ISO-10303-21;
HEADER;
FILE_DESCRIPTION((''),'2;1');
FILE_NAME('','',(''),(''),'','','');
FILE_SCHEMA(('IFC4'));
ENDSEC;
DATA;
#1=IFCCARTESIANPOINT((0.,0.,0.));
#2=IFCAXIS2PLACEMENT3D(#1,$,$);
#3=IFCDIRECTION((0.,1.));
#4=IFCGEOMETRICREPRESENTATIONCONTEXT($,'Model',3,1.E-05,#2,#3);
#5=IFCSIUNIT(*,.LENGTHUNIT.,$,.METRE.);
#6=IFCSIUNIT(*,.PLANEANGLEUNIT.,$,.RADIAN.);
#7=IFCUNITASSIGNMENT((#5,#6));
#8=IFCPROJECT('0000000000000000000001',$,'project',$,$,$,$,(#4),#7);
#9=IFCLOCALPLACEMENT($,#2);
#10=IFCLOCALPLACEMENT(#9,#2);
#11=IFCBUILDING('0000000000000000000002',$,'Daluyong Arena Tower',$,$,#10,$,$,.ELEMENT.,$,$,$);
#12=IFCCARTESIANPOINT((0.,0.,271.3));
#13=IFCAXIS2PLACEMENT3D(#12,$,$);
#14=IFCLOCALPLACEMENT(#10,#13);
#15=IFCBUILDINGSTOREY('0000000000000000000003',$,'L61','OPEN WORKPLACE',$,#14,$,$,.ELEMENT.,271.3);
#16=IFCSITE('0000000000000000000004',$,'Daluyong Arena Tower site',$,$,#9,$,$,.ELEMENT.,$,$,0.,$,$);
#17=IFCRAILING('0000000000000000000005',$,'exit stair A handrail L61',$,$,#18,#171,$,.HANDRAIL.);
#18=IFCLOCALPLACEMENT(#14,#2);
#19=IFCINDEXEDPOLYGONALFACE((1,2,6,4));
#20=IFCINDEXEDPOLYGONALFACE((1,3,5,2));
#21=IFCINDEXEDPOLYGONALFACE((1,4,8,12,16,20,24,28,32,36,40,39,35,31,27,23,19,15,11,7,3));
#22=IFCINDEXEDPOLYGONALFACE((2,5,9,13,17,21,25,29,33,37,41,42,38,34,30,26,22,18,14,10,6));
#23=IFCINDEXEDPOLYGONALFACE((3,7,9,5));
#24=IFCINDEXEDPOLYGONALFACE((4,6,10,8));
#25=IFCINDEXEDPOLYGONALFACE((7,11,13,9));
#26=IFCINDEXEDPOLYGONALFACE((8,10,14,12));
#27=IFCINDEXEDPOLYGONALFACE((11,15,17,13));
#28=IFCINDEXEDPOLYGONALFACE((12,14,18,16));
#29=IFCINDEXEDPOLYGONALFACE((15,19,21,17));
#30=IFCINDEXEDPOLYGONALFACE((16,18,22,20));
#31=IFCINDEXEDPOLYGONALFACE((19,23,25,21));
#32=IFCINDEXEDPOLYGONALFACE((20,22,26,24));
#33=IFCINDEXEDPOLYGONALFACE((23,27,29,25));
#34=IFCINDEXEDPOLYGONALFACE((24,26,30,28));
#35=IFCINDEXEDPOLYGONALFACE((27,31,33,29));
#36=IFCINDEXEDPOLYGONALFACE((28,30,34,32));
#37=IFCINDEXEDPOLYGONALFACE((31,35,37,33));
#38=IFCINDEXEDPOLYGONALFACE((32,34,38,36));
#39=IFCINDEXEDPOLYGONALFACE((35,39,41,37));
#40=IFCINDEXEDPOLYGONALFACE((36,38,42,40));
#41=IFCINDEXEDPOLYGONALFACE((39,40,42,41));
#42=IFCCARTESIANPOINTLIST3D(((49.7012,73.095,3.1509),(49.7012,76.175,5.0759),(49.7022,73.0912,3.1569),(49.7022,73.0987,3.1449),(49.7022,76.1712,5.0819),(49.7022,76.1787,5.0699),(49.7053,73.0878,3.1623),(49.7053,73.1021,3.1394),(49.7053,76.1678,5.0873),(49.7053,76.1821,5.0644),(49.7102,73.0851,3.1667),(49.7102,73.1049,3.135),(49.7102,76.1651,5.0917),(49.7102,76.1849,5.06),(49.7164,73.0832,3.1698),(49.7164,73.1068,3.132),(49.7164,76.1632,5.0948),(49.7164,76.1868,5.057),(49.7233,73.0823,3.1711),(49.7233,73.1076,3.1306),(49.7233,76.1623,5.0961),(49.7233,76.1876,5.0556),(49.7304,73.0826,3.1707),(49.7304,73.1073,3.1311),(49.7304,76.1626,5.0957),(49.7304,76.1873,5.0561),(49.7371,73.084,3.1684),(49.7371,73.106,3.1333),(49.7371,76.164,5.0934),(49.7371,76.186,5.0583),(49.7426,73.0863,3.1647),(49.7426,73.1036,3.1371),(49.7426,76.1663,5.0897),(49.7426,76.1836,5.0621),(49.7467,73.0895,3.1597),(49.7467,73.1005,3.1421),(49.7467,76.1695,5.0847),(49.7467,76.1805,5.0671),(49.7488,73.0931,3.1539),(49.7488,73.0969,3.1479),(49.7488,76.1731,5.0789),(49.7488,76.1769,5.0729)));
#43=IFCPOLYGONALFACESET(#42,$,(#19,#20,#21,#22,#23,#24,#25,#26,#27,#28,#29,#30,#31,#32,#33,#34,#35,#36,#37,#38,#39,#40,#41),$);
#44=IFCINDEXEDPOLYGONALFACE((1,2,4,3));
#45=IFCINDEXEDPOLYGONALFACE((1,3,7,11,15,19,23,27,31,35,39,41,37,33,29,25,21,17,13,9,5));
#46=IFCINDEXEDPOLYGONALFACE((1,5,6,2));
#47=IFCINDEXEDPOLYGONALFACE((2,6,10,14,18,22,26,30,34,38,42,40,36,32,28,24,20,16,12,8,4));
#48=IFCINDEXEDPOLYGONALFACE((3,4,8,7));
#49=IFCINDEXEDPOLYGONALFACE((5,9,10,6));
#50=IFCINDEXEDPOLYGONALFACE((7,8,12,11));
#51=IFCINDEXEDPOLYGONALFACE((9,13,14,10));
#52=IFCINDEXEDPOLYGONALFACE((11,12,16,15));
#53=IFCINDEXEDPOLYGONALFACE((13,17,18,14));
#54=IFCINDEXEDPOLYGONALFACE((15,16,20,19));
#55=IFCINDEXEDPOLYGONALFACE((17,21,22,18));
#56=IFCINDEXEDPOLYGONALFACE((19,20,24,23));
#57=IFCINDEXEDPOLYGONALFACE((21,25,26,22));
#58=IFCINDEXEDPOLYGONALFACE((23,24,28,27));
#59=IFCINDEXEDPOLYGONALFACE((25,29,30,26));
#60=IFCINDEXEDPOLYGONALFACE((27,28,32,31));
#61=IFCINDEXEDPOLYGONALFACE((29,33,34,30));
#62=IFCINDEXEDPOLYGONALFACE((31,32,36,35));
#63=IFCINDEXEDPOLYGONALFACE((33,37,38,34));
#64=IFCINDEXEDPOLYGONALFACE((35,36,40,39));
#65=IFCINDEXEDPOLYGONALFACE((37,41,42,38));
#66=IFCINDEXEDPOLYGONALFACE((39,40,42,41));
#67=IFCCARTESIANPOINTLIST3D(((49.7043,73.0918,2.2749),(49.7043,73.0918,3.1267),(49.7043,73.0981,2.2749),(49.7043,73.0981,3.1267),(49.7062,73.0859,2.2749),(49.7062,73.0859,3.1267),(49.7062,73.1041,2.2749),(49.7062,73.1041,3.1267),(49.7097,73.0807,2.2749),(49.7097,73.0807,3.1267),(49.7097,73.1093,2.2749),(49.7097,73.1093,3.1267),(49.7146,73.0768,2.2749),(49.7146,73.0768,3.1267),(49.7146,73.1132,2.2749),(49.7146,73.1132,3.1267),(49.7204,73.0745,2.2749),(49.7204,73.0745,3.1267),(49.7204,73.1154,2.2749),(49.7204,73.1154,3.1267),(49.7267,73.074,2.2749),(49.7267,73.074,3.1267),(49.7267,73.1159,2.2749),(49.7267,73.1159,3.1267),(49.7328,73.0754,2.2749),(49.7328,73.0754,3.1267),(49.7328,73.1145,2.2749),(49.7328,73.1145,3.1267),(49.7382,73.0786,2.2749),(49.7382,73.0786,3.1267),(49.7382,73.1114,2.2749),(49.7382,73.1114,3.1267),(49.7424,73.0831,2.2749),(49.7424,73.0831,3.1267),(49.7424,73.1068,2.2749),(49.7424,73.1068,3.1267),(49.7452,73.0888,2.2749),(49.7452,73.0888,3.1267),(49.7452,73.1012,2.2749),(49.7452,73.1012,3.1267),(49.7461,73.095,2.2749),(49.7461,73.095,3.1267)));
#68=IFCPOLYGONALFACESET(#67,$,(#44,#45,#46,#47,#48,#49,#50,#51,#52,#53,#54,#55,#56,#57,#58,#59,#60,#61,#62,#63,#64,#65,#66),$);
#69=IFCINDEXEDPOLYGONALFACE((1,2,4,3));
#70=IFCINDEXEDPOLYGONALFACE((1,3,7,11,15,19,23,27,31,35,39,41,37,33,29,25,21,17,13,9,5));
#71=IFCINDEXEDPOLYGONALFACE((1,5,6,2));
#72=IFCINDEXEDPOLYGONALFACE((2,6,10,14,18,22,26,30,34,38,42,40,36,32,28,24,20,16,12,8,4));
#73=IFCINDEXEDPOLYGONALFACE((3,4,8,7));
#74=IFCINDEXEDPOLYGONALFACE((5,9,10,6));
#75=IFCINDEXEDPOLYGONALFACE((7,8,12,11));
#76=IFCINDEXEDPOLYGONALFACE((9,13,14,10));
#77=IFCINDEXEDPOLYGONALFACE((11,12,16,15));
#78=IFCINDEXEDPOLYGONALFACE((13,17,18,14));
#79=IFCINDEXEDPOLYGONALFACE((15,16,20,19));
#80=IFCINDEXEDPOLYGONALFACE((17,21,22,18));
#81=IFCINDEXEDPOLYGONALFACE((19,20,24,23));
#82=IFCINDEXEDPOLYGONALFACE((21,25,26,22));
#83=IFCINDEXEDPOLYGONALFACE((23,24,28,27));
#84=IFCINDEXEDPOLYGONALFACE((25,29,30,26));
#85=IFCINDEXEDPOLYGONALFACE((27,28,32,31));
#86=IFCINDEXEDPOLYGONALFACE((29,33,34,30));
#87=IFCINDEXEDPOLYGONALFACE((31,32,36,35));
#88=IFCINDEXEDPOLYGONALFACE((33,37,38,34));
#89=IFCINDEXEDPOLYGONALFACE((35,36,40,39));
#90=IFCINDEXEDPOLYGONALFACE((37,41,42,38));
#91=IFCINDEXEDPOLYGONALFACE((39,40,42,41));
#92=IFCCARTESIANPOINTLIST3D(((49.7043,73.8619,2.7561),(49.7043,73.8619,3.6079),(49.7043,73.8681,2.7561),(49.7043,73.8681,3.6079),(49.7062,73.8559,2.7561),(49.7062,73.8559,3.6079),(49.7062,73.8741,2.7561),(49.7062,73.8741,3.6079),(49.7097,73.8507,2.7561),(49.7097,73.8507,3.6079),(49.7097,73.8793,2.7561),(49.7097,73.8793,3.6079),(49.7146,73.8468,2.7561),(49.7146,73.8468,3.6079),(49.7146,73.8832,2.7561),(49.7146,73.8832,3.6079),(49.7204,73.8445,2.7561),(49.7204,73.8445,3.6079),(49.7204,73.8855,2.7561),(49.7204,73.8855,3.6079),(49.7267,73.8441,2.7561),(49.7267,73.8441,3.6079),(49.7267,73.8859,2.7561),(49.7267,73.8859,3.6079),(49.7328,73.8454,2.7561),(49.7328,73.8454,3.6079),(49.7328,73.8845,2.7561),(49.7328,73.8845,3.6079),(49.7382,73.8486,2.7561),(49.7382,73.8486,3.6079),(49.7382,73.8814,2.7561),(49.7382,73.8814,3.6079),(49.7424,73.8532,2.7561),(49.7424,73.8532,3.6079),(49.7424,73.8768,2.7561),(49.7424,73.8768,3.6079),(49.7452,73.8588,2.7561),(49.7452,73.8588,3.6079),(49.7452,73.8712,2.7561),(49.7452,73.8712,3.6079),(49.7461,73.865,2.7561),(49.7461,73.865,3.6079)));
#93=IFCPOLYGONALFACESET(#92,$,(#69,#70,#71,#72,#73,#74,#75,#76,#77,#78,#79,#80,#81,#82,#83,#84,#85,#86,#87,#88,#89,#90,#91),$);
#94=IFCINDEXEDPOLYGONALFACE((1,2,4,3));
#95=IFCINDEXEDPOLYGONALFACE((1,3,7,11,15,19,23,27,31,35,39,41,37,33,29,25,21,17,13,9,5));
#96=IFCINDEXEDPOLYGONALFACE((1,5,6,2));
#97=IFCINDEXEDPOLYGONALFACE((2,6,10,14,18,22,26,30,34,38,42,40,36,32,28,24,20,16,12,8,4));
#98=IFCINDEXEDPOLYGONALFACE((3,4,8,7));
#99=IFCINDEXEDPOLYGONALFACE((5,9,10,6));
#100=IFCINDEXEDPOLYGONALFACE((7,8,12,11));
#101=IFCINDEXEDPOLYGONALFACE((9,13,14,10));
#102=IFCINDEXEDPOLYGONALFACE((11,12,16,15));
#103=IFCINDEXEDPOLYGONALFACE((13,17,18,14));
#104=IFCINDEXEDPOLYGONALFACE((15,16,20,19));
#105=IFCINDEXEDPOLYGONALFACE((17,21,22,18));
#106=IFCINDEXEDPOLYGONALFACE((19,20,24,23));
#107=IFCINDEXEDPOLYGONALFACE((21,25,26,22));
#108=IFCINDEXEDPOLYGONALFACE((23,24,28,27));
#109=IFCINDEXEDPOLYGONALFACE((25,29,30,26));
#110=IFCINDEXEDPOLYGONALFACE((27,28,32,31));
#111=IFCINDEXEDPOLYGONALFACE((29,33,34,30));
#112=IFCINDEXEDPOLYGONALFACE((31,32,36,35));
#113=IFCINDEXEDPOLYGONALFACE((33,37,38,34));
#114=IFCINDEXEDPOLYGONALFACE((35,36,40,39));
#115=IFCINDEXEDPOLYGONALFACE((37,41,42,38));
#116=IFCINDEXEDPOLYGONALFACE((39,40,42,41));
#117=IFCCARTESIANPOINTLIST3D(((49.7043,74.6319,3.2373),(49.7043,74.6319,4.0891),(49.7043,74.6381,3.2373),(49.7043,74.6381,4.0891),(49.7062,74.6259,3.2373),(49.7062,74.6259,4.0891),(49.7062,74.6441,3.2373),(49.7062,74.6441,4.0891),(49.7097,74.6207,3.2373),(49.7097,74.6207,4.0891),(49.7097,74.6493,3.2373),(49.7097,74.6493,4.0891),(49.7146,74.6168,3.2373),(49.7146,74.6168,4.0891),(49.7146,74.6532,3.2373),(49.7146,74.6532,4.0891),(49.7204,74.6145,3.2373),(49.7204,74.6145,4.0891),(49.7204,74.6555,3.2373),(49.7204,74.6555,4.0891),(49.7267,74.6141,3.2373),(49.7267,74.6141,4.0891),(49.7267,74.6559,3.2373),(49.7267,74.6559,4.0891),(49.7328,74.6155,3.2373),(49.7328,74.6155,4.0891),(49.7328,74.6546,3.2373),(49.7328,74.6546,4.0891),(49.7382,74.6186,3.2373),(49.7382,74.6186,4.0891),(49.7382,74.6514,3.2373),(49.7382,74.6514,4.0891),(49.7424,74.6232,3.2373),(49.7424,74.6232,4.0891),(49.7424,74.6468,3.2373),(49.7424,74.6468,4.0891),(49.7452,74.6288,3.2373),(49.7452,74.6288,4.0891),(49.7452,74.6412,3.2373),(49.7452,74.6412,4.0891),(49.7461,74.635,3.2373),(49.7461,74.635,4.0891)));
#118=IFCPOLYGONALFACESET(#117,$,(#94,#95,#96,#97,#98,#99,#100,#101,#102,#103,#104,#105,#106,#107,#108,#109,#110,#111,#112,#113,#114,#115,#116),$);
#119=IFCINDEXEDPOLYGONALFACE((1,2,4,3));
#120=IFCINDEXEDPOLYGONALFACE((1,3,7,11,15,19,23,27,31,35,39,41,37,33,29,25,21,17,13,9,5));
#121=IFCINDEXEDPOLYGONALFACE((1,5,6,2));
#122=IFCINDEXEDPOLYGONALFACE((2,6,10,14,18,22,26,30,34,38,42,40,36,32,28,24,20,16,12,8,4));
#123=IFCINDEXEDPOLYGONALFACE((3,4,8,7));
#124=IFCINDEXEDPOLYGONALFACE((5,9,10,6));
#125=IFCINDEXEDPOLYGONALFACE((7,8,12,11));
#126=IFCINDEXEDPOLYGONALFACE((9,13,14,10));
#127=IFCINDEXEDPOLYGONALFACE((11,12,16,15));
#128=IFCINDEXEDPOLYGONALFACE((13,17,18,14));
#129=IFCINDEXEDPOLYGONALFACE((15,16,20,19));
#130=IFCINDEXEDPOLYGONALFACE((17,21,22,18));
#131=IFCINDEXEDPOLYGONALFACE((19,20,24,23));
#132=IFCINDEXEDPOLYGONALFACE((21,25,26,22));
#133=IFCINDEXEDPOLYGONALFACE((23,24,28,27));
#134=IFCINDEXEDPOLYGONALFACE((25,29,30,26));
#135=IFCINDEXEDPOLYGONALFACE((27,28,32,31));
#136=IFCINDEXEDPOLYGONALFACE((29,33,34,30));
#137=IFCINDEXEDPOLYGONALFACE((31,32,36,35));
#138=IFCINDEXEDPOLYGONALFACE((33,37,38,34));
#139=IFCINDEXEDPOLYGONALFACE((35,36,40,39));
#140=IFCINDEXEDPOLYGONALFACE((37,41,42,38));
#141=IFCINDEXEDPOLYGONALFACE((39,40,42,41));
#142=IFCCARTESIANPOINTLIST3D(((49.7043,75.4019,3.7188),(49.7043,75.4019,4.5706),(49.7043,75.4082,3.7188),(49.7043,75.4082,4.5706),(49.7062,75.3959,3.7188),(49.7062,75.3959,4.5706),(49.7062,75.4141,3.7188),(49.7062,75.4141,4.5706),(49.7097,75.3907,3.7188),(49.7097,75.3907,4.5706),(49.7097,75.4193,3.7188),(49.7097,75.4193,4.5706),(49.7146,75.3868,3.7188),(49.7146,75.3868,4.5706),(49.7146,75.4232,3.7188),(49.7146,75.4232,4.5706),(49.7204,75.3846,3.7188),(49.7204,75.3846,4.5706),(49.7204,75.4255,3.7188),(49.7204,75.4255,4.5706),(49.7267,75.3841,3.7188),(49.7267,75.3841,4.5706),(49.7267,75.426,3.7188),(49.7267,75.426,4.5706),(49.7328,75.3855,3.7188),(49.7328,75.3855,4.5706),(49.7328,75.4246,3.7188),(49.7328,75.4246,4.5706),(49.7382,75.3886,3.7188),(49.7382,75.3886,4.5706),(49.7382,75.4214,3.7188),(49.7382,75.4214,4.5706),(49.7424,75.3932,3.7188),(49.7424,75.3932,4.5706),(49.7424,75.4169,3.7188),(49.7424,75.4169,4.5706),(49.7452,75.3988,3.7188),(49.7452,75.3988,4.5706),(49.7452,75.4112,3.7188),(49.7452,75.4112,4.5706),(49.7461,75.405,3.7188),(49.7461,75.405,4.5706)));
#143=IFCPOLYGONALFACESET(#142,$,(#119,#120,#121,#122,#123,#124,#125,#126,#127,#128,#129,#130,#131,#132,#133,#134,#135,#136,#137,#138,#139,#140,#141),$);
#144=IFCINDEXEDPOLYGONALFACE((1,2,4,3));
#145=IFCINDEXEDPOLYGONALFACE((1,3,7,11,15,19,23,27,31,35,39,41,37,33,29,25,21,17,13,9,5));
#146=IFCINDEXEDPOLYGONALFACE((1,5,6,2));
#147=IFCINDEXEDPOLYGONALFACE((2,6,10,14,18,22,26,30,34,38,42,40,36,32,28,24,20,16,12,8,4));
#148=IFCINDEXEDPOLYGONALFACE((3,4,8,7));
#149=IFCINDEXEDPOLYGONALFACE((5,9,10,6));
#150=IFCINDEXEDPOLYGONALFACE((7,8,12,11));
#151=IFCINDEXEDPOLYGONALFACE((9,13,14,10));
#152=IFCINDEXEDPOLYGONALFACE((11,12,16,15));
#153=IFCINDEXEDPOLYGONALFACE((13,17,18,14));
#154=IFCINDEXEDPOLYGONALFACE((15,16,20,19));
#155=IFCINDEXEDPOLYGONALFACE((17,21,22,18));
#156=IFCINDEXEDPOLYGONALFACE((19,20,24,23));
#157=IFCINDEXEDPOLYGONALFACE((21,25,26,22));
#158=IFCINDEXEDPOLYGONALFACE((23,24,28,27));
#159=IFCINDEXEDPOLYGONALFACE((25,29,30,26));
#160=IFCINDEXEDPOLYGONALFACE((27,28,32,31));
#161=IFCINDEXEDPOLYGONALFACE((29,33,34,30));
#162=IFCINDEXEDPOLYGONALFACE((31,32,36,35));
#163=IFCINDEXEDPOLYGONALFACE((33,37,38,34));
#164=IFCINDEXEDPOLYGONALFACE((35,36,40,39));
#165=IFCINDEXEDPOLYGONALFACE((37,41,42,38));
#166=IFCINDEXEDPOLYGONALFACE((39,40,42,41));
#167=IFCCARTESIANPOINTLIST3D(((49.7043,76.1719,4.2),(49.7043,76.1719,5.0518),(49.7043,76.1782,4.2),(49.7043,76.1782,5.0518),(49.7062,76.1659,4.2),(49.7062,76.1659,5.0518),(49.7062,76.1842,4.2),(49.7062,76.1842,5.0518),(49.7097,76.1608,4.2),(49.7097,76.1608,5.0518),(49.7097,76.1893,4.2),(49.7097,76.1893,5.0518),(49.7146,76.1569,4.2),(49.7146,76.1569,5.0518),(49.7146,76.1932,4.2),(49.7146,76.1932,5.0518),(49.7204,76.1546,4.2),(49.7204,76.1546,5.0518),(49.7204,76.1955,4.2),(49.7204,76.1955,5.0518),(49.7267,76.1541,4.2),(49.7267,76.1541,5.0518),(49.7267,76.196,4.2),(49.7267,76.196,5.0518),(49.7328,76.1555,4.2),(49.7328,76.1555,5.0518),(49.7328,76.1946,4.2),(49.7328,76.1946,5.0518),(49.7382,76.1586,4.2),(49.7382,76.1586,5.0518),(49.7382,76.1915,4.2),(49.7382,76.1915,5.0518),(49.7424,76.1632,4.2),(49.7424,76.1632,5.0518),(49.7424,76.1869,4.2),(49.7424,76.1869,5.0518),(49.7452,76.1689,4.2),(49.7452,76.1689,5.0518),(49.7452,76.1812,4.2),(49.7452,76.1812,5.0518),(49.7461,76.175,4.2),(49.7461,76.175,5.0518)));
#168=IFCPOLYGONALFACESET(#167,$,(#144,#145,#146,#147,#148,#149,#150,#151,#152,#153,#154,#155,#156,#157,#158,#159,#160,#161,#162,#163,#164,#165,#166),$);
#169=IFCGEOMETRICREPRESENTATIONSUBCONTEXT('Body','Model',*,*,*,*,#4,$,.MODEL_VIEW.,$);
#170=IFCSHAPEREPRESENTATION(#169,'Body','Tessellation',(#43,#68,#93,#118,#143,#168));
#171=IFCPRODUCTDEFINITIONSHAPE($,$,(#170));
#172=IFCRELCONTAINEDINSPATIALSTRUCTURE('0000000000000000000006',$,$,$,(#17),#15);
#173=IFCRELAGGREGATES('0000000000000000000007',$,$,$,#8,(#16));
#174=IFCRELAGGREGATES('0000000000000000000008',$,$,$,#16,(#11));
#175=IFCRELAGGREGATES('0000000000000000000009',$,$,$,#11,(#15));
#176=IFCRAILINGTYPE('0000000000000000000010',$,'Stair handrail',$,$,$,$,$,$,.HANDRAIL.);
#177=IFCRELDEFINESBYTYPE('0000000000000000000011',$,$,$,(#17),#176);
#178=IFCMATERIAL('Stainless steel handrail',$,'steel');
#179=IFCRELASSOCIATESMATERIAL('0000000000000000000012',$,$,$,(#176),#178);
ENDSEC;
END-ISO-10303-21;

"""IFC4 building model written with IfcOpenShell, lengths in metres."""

from ifc_helpers import new_model, si_unit, direction, frame, origin, origin_2d, place, context, subcontext, project, spatial, circle, extrude, material, type_object, element, save


model = new_model("IFC4")

# Units and contexts
model_context = context("Model", 3, precision=1e-05, world=origin(), true_north=direction((0.0, 1.0)))
body_context = subcontext(model_context, "Body", "Model", "MODEL_VIEW")
ifc_project = project(units=[si_unit("LENGTHUNIT", "METRE"), si_unit("PLANEANGLEUNIT", "RADIAN")], contexts=[model_context])

# Site, building, storey
site_placement = place(None, origin())
site = spatial("IfcSite", under=ifc_project, at=site_placement, Name="Daluyong Arena Tower site", CompositionType="ELEMENT", RefElevation=0.0)
building_placement = place(site_placement, origin())
building = spatial("IfcBuilding", under=site, at=building_placement, Name="Daluyong Arena Tower", CompositionType="ELEMENT")
storey_placement = place(building_placement, frame((0.0, 0.0, 271.3)))
storey = spatial("IfcBuildingStorey", under=building, at=storey_placement, Name="L61", Description="OPEN WORKPLACE", CompositionType="ELEMENT", Elevation=271.3)

# Railing
ifc_material_1 = material(Name="Stainless steel handrail", Category="steel")
railing_type_1 = type_object("IfcRailingType", Name="Stair handrail", PredefinedType="HANDRAIL", material=ifc_material_1)
railing_1_placement = place(storey_placement, frame((49.7251, 73.095, 2.2749)))
element("IfcRailing", 1, at=railing_1_placement, inside=storey, type_object=railing_type_1, Name="exit stair A handrail L61", PredefinedType="HANDRAIL", context=body_context, shape_type="SweptSolid", body=[
    extrude(circle(Radius=0.0239, at=origin_2d()), frame((0.0, 0.0, 0.876), z_axis=(0.0, 0.847998, 0.529999), x_axis=(-1.0, 0.0, 0.0)), (0.0, 0.0, 1.0), 3.6321),
    extrude(circle(Radius=0.021, at=origin_2d()), origin(), (0.0, 0.0, 1.0), 0.8518),
    extrude(circle(Radius=0.021, at=origin_2d()), frame((0.0, 0.77, 0.4812)), (0.0, 0.0, 1.0), 0.8518),
    extrude(circle(Radius=0.021, at=origin_2d()), frame((0.0, 1.54, 0.9624)), (0.0, 0.0, 1.0), 0.8518),
    extrude(circle(Radius=0.021, at=origin_2d()), frame((0.0, 2.3101, 1.4438)), (0.0, 0.0, 1.0), 0.8518),
    extrude(circle(Radius=0.021, at=origin_2d()), frame((0.0, 3.0801, 1.925)), (0.0, 0.0, 1.0), 0.8518),
])

save(model, "model.ifc")
